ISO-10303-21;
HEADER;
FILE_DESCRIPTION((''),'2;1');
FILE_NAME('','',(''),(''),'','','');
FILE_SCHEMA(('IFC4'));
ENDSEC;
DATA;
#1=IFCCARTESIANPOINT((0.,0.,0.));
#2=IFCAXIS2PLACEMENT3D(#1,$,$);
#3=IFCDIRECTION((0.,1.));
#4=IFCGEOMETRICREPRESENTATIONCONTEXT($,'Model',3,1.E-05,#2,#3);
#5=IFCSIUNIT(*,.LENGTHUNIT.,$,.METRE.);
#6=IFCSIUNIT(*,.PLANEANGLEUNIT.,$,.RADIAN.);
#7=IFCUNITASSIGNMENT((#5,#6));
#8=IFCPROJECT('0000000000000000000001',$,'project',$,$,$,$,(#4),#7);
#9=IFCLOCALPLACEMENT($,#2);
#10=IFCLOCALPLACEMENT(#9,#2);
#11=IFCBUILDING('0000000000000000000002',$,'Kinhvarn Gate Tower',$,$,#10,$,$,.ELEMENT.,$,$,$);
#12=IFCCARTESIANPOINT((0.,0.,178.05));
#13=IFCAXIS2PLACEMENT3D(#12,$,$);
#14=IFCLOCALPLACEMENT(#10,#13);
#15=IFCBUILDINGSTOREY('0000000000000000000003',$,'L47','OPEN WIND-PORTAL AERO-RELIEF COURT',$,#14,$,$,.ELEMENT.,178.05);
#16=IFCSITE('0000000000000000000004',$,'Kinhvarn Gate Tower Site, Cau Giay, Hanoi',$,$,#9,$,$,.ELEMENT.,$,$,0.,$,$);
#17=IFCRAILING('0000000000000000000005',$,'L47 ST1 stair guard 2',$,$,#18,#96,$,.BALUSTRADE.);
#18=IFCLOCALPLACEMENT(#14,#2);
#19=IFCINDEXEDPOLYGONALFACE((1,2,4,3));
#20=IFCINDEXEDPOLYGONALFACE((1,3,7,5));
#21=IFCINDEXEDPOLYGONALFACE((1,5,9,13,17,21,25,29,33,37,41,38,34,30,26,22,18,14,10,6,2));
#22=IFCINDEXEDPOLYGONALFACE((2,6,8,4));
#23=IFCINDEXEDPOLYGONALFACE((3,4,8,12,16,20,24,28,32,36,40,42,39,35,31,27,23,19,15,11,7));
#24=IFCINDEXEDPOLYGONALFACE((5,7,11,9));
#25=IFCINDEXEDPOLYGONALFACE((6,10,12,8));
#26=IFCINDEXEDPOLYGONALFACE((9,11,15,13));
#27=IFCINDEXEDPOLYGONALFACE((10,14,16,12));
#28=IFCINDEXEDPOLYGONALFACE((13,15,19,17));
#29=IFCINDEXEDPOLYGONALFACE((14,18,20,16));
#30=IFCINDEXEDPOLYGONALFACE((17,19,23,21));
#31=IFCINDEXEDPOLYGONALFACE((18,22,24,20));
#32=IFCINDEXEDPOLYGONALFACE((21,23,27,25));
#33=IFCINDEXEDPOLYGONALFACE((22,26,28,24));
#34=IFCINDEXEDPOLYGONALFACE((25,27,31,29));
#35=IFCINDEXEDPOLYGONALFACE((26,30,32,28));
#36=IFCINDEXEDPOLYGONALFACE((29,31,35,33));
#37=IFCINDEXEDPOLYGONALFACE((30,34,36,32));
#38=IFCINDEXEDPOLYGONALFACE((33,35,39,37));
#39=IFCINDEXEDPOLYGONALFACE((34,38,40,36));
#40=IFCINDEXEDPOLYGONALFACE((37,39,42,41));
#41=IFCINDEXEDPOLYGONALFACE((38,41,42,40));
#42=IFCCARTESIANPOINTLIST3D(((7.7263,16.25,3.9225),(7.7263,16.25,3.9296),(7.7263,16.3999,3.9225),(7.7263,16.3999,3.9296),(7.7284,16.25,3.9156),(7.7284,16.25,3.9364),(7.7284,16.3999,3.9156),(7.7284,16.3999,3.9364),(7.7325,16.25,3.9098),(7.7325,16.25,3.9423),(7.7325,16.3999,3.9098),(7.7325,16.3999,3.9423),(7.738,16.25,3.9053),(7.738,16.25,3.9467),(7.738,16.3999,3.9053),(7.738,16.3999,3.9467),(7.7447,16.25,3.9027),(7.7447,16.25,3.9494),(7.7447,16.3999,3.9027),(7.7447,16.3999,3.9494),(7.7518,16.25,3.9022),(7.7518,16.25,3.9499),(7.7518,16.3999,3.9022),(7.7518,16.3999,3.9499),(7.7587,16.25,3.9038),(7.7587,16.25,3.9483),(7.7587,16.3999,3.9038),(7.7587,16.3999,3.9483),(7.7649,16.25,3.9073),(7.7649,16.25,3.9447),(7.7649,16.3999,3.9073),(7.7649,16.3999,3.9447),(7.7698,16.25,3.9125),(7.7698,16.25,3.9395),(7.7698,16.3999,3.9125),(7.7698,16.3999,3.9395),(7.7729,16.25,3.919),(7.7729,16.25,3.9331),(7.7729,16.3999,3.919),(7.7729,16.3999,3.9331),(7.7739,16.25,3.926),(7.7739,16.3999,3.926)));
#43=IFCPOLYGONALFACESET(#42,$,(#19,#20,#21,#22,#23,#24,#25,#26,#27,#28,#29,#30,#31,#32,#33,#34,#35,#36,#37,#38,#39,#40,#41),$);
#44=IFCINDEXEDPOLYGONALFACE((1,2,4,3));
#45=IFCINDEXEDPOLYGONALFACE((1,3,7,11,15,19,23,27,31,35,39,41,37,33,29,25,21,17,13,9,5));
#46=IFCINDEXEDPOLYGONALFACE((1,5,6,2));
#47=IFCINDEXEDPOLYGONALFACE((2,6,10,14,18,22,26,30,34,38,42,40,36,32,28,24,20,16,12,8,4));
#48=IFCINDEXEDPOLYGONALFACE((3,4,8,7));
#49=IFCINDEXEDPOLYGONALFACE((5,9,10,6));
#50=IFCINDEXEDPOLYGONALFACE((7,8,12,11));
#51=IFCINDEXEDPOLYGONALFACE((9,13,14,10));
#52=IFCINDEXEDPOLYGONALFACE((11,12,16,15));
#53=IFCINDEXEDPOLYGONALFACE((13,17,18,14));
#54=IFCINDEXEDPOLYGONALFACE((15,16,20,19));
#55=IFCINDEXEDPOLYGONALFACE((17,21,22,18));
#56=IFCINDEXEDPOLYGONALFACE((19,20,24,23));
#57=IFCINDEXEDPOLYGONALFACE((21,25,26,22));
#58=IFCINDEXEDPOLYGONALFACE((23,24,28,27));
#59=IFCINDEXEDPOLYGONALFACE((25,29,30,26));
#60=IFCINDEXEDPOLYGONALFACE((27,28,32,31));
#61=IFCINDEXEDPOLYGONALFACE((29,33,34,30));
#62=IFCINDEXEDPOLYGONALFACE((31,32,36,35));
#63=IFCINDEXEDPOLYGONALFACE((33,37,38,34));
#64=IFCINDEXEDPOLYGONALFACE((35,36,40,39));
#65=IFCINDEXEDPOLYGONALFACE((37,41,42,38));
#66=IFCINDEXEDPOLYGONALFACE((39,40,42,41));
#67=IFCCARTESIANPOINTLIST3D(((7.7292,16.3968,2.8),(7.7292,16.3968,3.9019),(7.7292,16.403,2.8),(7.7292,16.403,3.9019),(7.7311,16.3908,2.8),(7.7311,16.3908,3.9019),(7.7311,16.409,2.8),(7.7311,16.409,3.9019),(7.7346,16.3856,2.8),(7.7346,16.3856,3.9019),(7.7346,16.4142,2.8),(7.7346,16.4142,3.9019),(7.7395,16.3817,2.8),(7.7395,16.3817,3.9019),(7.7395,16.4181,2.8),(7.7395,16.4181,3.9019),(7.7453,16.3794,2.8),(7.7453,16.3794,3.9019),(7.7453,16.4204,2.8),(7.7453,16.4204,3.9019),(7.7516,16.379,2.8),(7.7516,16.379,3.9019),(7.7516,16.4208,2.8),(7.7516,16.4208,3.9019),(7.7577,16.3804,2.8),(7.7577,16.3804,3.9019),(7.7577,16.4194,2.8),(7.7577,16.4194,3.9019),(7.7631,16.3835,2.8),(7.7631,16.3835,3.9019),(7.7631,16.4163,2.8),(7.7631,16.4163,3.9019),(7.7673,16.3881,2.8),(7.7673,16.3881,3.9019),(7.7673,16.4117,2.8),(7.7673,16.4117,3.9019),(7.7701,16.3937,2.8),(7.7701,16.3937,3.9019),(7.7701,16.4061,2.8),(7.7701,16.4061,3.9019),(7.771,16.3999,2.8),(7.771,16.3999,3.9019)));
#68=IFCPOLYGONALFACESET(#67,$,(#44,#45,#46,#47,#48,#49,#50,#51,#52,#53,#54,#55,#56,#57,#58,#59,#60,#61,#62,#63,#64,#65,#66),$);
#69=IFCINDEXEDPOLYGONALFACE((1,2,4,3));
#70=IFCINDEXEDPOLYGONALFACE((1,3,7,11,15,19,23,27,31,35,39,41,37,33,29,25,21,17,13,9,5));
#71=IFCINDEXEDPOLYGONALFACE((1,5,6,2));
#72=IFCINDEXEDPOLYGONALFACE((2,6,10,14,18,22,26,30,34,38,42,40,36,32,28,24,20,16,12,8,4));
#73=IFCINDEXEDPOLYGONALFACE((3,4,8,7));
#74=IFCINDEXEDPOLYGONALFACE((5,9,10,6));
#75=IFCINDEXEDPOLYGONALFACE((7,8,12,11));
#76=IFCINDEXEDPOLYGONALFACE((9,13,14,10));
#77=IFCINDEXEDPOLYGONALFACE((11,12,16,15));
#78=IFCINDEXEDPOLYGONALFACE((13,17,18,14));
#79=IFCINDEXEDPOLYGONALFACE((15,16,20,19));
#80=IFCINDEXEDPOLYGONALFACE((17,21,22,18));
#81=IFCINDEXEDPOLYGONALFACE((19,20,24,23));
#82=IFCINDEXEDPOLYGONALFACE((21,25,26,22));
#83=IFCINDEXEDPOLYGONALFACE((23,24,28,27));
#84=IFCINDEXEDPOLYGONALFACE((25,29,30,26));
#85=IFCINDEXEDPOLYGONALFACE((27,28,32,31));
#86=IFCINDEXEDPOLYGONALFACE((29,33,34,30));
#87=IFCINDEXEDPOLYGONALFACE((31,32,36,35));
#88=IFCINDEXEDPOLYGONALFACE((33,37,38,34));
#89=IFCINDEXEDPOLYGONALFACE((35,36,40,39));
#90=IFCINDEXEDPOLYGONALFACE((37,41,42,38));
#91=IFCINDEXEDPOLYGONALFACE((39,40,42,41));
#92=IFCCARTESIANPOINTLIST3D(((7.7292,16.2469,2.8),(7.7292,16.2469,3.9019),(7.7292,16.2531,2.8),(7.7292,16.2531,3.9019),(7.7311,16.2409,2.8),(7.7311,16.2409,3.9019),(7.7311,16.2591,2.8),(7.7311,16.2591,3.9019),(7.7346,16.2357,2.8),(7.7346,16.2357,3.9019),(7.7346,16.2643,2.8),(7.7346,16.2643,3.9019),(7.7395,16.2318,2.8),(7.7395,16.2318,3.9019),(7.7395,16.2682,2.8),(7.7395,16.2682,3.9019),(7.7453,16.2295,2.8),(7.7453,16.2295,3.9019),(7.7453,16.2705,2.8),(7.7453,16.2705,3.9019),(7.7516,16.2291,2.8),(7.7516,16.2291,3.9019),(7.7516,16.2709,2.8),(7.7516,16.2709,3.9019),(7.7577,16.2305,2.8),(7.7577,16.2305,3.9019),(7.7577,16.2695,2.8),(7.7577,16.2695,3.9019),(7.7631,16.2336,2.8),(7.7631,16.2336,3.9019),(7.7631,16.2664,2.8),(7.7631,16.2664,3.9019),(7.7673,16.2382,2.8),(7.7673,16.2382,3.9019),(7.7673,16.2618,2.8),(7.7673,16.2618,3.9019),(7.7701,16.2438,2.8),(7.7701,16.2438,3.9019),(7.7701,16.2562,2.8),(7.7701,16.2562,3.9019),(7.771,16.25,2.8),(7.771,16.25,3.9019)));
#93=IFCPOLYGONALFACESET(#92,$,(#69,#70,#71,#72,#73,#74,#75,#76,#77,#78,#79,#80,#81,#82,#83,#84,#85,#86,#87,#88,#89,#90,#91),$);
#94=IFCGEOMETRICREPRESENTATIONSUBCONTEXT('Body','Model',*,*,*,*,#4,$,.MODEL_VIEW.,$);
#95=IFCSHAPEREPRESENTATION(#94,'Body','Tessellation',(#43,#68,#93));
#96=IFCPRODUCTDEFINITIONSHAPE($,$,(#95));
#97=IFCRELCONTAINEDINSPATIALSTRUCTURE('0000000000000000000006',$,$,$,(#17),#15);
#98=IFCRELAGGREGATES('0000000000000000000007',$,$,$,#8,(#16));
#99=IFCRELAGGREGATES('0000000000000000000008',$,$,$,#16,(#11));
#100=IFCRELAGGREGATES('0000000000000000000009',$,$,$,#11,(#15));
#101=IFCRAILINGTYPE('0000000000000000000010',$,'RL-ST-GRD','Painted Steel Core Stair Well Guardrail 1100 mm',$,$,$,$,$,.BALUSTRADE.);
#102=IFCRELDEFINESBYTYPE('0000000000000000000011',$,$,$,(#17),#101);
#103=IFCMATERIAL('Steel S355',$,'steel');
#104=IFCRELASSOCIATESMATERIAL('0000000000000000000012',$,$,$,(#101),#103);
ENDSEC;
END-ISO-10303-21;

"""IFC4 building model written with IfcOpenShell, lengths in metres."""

from ifc_helpers import new_model, si_unit, direction, frame, origin, origin_2d, place, context, subcontext, project, spatial, circle, extrude, material, type_object, element, save


model = new_model("IFC4")

# Units and contexts
model_context = context("Model", 3, precision=1e-05, world=origin(), true_north=direction((0.0, 1.0)))
body_context = subcontext(model_context, "Body", "Model", "MODEL_VIEW")
ifc_project = project(units=[si_unit("LENGTHUNIT", "METRE"), si_unit("PLANEANGLEUNIT", "RADIAN")], contexts=[model_context])

# Site, building, storey
site_placement = place(None, origin())
site = spatial("IfcSite", under=ifc_project, at=site_placement, Name="Kinhvarn Gate Tower Site, Cau Giay, Hanoi", CompositionType="ELEMENT", RefElevation=0.0)
building_placement = place(site_placement, origin())
building = spatial("IfcBuilding", under=site, at=building_placement, Name="Kinhvarn Gate Tower", CompositionType="ELEMENT")
storey_placement = place(building_placement, frame((0.0, 0.0, 178.05)))
storey = spatial("IfcBuildingStorey", under=building, at=storey_placement, Name="L47", Description="OPEN WIND-PORTAL AERO-RELIEF COURT", CompositionType="ELEMENT", Elevation=178.05)

# Shared definitions
ifc_material_1 = material(Name="Steel S355", Category="steel")

# Railing
railing_type_1 = type_object("IfcRailingType", Name="RL-ST-GRD", Description="Painted Steel Core Stair Well Guardrail 1100 mm", PredefinedType="BALUSTRADE", material=ifc_material_1)
railing_1_placement = place(storey_placement, frame((7.75, 16.3999, 2.8)))
element("IfcRailing", 1, at=railing_1_placement, inside=storey, type_object=railing_type_1, Name="L47 ST1 stair guard 2", PredefinedType="BALUSTRADE", context=body_context, shape_type="SweptSolid", body=[
    extrude(circle(Radius=0.0239, at=origin_2d()), frame((0.0, 0.0, 1.126), z_axis=(0.0, -1.0, 0.0), x_axis=(1.0, 0.0, 0.0)), (0.0, 0.0, 1.0), 0.1499),
    extrude(circle(Radius=0.021, at=origin_2d()), origin(), (0.0, 0.0, 1.0), 1.1018),
    extrude(circle(Radius=0.021, at=origin_2d()), frame((0.0, -0.1499, 0.0)), (0.0, 0.0, 1.0), 1.1018),
])

save(model, "model.ifc")
